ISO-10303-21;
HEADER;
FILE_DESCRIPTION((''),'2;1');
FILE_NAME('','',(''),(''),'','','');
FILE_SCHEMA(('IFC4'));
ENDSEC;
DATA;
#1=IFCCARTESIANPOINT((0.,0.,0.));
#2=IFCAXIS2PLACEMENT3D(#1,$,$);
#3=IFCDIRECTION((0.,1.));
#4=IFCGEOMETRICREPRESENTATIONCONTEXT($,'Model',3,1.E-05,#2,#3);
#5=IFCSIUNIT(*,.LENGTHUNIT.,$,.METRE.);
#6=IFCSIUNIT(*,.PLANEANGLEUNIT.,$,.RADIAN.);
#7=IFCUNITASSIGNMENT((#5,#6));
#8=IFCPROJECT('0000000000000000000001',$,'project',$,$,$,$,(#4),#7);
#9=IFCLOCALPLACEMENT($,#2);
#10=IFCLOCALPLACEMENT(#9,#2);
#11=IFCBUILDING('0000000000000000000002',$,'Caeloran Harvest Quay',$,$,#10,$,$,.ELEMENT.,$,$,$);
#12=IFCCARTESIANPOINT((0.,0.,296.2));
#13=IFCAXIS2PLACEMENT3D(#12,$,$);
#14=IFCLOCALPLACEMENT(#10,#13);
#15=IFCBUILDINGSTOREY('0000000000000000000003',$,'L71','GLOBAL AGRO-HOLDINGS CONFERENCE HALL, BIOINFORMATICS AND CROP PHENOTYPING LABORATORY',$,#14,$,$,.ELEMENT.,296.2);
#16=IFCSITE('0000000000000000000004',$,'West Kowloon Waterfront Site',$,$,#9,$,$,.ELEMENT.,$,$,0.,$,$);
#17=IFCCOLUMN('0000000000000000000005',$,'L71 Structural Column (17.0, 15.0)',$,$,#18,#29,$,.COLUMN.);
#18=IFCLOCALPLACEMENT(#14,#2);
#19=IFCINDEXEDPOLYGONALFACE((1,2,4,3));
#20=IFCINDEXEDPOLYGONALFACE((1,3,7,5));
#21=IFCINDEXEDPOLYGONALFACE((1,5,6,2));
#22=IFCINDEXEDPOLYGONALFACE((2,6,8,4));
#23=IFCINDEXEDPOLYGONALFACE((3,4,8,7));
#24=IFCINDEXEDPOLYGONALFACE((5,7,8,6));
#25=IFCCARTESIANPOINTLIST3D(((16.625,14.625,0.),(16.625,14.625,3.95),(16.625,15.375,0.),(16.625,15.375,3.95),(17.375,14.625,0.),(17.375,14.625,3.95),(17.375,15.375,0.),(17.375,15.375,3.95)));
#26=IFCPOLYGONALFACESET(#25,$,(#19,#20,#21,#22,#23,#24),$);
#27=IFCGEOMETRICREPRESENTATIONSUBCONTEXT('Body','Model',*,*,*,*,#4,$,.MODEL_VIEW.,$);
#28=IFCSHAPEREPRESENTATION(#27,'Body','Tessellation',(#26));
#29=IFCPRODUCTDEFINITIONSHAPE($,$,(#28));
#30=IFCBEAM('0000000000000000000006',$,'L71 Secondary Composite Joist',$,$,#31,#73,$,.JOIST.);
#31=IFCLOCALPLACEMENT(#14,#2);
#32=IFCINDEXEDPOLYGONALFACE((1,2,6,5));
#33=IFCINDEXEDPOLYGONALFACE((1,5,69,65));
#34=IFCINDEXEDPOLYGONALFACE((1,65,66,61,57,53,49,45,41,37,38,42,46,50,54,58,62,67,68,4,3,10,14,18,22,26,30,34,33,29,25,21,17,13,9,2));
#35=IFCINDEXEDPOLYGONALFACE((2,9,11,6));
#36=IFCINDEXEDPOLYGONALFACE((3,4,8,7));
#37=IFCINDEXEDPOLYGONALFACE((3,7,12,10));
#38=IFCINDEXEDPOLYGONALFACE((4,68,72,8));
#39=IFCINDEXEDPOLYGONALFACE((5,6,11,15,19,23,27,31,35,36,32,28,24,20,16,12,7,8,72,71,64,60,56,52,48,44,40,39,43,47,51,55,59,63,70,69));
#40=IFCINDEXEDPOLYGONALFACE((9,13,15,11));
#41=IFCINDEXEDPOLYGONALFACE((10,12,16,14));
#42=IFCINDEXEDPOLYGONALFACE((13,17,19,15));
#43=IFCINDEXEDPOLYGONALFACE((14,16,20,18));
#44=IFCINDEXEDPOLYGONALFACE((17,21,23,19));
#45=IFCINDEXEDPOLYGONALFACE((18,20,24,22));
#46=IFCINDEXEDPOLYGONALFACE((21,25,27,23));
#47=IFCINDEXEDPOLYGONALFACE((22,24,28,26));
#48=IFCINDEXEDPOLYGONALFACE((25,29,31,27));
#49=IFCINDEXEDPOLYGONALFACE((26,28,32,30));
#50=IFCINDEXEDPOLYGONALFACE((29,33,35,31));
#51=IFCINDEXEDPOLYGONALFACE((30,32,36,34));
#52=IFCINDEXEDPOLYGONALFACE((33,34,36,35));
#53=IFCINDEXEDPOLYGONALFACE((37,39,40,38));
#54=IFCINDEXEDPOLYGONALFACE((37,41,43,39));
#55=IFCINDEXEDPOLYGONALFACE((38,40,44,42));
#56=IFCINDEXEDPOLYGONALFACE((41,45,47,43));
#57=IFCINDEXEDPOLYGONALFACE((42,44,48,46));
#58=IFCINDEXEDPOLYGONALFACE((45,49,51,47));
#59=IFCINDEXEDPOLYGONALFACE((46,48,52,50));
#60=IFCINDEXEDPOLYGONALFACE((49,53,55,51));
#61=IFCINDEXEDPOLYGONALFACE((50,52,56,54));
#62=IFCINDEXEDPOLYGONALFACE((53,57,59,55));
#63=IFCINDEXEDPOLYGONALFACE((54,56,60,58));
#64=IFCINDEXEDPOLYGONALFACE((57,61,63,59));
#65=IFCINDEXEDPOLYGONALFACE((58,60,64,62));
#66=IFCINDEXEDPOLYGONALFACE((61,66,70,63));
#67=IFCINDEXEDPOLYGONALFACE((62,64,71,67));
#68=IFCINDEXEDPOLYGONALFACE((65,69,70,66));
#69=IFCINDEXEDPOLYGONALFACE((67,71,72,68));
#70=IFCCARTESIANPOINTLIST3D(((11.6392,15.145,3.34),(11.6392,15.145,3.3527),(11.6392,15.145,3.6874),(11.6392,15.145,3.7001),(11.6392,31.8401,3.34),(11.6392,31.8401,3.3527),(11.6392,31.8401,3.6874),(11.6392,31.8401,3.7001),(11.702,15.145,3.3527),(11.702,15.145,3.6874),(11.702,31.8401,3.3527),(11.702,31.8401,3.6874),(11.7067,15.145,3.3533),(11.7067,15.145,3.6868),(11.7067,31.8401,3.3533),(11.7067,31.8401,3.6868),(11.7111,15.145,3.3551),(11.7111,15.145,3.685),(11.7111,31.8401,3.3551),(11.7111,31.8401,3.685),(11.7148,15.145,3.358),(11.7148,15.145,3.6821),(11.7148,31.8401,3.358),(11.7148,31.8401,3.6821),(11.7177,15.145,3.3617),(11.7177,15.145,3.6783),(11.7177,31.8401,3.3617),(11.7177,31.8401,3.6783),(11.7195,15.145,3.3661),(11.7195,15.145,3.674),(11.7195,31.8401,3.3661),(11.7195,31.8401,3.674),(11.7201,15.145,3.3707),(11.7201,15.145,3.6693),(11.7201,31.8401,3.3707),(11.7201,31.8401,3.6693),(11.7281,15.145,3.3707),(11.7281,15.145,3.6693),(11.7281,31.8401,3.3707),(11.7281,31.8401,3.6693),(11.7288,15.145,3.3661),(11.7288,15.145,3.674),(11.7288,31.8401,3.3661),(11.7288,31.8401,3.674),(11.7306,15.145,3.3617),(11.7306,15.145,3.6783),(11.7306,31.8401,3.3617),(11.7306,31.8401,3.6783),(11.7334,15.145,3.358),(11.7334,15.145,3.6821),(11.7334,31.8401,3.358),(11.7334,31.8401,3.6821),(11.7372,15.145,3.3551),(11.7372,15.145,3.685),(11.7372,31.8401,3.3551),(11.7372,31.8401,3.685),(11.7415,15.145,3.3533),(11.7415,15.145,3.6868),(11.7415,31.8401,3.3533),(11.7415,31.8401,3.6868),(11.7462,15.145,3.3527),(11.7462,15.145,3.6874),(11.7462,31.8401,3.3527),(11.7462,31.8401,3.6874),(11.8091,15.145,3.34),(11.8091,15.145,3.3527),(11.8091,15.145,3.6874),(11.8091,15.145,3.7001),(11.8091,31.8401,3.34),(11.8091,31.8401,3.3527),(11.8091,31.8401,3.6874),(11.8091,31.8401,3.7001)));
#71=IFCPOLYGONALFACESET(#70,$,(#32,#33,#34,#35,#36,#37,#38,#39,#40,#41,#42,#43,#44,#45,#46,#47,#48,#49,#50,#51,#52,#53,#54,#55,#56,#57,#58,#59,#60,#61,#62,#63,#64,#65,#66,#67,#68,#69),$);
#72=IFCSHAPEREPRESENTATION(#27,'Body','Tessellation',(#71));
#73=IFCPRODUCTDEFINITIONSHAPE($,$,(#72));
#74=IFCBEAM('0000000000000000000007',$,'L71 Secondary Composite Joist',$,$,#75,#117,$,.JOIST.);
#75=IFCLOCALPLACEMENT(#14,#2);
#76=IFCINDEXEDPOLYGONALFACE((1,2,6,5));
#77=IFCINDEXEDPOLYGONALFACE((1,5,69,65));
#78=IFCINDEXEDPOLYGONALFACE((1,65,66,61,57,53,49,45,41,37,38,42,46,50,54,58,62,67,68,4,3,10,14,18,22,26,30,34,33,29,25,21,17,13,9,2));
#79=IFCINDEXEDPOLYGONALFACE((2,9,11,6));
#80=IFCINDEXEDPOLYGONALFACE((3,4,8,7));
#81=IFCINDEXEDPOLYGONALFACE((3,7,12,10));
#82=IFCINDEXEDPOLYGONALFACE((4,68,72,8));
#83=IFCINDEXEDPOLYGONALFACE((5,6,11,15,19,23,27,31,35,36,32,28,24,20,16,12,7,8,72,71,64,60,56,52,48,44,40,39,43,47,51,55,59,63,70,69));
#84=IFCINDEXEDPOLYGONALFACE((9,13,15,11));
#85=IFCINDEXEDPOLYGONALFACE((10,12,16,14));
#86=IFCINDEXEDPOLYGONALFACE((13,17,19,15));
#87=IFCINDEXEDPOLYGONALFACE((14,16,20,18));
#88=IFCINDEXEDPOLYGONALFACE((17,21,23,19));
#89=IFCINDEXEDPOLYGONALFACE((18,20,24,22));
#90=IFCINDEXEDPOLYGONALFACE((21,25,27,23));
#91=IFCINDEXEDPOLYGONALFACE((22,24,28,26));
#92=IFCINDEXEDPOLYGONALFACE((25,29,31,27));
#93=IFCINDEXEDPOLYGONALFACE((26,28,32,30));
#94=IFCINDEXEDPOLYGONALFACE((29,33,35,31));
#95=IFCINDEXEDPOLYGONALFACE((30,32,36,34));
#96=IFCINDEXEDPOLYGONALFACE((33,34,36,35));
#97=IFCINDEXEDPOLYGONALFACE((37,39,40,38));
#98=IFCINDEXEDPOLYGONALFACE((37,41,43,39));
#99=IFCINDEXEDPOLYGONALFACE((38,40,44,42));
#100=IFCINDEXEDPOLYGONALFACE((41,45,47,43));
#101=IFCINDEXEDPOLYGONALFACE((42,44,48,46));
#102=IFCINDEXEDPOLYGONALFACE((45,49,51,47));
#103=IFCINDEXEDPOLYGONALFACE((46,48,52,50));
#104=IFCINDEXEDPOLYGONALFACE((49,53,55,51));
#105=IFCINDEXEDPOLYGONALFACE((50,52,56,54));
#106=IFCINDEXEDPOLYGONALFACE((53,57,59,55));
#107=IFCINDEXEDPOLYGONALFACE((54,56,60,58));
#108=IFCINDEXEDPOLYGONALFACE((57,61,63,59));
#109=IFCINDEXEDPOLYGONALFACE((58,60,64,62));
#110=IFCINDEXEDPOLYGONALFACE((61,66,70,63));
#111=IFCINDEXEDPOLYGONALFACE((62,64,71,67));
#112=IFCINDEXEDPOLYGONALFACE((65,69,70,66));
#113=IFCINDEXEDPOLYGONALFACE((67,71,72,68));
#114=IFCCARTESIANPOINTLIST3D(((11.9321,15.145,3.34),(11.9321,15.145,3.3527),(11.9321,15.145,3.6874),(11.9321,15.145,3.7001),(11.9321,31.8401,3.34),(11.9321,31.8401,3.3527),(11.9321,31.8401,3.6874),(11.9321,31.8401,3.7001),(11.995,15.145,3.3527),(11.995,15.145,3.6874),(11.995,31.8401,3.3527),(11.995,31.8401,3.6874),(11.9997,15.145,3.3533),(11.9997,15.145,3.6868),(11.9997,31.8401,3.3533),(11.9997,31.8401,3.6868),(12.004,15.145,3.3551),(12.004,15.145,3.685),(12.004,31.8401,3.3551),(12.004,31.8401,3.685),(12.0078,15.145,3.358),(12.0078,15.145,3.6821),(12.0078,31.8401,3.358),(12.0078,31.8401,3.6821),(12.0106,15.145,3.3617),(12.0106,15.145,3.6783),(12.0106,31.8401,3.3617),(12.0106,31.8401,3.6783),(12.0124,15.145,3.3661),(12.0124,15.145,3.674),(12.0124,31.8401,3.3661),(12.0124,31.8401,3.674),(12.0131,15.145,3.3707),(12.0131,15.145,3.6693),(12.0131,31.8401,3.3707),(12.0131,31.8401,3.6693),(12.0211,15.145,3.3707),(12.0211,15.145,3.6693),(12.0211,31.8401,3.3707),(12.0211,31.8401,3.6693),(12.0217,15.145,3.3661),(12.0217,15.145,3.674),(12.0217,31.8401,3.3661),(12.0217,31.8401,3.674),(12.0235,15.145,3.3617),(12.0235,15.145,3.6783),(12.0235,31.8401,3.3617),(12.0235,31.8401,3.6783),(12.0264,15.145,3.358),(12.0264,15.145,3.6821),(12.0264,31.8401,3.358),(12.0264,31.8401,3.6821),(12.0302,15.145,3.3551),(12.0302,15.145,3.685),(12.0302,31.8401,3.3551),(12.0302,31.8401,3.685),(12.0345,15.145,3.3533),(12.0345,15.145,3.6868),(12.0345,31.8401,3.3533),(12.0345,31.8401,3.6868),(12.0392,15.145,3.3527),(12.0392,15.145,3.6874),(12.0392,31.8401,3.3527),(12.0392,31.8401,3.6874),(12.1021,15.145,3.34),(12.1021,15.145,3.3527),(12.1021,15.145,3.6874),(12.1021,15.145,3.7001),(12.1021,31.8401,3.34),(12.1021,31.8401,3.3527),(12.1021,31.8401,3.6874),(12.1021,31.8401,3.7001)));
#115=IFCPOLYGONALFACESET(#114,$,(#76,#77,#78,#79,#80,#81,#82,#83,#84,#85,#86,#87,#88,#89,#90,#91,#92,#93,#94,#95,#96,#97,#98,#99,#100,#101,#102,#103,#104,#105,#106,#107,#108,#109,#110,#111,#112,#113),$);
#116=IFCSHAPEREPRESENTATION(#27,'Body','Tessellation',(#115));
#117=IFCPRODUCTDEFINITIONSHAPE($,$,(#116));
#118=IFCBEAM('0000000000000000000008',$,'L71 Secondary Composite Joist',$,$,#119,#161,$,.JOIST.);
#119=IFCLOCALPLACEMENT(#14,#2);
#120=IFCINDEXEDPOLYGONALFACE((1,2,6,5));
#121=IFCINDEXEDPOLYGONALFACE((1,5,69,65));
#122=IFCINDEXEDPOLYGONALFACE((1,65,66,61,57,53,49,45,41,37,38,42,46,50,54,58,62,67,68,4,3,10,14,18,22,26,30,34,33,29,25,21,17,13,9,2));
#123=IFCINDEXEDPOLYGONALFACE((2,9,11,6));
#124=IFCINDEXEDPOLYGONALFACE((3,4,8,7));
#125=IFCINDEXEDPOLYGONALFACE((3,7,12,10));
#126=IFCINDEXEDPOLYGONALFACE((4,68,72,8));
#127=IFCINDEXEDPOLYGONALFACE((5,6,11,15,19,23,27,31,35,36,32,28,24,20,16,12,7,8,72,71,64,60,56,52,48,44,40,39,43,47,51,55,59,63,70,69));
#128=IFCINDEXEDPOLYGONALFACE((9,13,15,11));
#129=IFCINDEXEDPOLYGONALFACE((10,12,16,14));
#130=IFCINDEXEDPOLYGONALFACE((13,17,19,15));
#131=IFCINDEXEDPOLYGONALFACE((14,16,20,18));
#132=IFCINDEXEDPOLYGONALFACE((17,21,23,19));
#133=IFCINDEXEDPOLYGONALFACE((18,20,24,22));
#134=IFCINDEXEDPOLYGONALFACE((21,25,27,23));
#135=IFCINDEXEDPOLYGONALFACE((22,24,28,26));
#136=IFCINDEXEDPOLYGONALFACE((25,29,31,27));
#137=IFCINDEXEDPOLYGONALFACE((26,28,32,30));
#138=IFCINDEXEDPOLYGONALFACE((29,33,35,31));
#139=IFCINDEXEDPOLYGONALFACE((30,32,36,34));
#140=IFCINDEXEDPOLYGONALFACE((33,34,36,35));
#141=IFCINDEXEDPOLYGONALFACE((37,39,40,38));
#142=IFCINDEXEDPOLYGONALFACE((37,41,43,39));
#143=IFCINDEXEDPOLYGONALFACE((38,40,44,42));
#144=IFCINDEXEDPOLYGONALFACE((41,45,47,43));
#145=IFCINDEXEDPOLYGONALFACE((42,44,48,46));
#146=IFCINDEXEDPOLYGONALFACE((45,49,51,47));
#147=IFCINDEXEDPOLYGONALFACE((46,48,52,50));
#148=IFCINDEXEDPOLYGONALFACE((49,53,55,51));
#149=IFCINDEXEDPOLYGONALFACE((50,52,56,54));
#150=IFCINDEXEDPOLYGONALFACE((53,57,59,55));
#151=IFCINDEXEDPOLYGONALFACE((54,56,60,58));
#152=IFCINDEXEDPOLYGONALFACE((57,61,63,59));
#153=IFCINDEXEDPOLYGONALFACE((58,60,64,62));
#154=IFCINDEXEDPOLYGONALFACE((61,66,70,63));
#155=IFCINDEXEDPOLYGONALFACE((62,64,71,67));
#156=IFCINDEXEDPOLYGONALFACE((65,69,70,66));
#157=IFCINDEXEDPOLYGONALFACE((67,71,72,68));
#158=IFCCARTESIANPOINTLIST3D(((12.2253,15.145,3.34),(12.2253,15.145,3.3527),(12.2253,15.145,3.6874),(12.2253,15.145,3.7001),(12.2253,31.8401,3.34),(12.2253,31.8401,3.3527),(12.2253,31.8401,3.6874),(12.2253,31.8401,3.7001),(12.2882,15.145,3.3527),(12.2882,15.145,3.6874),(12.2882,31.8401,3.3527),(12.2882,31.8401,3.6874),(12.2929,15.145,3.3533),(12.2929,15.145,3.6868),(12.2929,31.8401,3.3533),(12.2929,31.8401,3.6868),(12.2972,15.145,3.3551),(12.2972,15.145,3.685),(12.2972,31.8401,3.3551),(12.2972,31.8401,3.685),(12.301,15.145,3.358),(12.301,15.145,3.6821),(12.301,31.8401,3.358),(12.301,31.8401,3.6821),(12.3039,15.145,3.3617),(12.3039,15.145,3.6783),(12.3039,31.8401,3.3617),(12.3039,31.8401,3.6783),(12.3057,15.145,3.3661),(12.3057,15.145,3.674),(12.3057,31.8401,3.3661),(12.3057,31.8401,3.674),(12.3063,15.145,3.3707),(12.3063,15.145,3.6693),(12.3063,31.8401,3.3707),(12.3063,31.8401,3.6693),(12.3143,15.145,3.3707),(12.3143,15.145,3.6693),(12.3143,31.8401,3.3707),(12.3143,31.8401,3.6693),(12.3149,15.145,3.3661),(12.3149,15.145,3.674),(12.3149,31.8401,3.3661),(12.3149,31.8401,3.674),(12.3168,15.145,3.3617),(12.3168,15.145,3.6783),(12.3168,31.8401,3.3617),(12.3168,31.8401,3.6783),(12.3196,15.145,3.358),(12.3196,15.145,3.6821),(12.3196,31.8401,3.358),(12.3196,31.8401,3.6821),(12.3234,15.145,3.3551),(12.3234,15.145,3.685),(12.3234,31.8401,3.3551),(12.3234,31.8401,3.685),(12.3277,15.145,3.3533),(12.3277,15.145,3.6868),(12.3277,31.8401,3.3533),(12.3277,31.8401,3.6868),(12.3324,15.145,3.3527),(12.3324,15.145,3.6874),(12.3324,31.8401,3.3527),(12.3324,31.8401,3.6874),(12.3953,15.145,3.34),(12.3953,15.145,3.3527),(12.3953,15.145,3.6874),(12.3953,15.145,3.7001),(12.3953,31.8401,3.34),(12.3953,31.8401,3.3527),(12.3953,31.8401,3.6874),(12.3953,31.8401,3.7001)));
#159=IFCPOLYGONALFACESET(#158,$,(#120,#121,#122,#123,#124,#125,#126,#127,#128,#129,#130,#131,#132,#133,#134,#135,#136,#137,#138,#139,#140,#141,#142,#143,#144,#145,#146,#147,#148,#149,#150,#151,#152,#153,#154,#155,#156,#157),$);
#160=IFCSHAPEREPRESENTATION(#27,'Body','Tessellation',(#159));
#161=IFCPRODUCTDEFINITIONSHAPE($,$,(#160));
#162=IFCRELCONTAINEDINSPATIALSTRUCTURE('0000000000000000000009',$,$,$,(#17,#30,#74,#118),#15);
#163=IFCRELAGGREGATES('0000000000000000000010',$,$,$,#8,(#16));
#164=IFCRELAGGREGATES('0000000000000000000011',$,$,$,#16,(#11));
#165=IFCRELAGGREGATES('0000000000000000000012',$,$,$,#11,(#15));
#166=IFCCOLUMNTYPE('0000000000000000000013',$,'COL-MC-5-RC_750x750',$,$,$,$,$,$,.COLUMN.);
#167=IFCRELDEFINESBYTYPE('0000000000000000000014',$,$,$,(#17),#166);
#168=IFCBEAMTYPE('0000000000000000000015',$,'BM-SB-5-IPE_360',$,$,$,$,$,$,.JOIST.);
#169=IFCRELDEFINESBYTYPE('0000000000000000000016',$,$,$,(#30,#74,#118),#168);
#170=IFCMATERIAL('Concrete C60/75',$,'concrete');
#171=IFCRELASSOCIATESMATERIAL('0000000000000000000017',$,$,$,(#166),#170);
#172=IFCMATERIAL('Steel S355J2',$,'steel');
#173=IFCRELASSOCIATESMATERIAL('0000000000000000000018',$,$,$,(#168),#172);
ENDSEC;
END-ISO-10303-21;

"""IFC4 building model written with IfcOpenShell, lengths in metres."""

from ifc_helpers import new_model, si_unit, direction, frame, origin, origin_2d, place, context, subcontext, project, spatial, rectangle, i_section, extrude, material, material_profile, profile_set, type_object, element, save


model = new_model("IFC4")

# Units and contexts
model_context = context("Model", 3, precision=1e-05, world=origin(), true_north=direction((0.0, 1.0)))
body_context = subcontext(model_context, "Body", "Model", "MODEL_VIEW")
ifc_project = project(units=[si_unit("LENGTHUNIT", "METRE"), si_unit("PLANEANGLEUNIT", "RADIAN")], contexts=[model_context])

# Site, building, storey
site_placement = place(None, origin())
site = spatial("IfcSite", under=ifc_project, at=site_placement, Name="West Kowloon Waterfront Site", CompositionType="ELEMENT", RefElevation=0.0)
building_placement = place(site_placement, origin())
building = spatial("IfcBuilding", under=site, at=building_placement, Name="Caeloran Harvest Quay", CompositionType="ELEMENT")
storey_placement = place(building_placement, frame((0.0, 0.0, 296.2)))
storey = spatial("IfcBuildingStorey", under=building, at=storey_placement, Name="L71", Description="GLOBAL AGRO-HOLDINGS CONFERENCE HALL, BIOINFORMATICS AND CROP PHENOTYPING LABORATORY", CompositionType="ELEMENT", Elevation=296.2)

# Column
ifc_material_1 = material(Name="Concrete C60/75", Category="concrete")
ifc_material_profile_1 = material_profile(ifc_material_1, rectangle(XDim=0.75, YDim=0.75, at=origin_2d()), Name="RC 750x750")
ifc_profile_set_1 = profile_set([ifc_material_profile_1], Name="Concrete C60/75")
column_type = type_object("IfcColumnType", Name="COL-MC-5-RC_750x750", PredefinedType="COLUMN", material=ifc_profile_set_1)
column_placement = place(storey_placement, frame((17.0, 15.0, 0.0), z_axis=(0.0, 0.0, 1.0), x_axis=(1.0, 0.0, 0.0)))
element("IfcColumn", 1, at=column_placement, inside=storey, type_object=column_type, Name="L71 Structural Column (17.0, 15.0)", PredefinedType="COLUMN", context=body_context, shape_type="SweptSolid", body=[
    extrude(rectangle(XDim=0.75, YDim=0.75, at=origin_2d()), origin(), (0.0, 0.0, 1.0), 3.95),
])

# Beams
ifc_material_2 = material(Name="Steel S355J2", Category="steel")
ifc_material_profile_2 = material_profile(ifc_material_2, i_section(OverallWidth=0.1699, OverallDepth=0.3601, WebThickness=0.0081, FlangeThickness=0.0127, FilletRadius=0.0181, at=origin_2d()), Name="IPE 360")
ifc_profile_set_2 = profile_set([ifc_material_profile_2], Name="Steel S355J2")
beam_type_1 = type_object("IfcBeamType", Name="BM-SB-5-IPE_360", PredefinedType="JOIST", material=ifc_profile_set_2)
for number, where, z_axis, x_axis, name in (
    (2, (11.7241, 15.145, 3.52), (0.0, 1.0, 0.0), (-1.0, 0.0, 0.0), "L71 Secondary Composite Joist"),
    (3, (12.0171, 15.145, 3.52), (0.0, 1.0, 0.0), (-1.0, 0.0, 0.0), "L71 Secondary Composite Joist"),
    (4, (12.3103, 15.145, 3.52), (0.0, 1.0, 0.0), (-1.0, 0.0, 0.0), "L71 Secondary Composite Joist"),
):
    element("IfcBeam", number, at=place(storey_placement, frame(where, z_axis=z_axis, x_axis=x_axis)), inside=storey, type_object=beam_type_1, Name=name, PredefinedType="JOIST", context=body_context, shape_type="SweptSolid", body=[
        extrude(i_section(OverallWidth=0.1699, OverallDepth=0.3601, WebThickness=0.0081, FlangeThickness=0.0127, FilletRadius=0.0181, at=origin_2d()), origin(), (0.0, 0.0, 1.0), 16.6951),
    ])

save(model, "model.ifc")
